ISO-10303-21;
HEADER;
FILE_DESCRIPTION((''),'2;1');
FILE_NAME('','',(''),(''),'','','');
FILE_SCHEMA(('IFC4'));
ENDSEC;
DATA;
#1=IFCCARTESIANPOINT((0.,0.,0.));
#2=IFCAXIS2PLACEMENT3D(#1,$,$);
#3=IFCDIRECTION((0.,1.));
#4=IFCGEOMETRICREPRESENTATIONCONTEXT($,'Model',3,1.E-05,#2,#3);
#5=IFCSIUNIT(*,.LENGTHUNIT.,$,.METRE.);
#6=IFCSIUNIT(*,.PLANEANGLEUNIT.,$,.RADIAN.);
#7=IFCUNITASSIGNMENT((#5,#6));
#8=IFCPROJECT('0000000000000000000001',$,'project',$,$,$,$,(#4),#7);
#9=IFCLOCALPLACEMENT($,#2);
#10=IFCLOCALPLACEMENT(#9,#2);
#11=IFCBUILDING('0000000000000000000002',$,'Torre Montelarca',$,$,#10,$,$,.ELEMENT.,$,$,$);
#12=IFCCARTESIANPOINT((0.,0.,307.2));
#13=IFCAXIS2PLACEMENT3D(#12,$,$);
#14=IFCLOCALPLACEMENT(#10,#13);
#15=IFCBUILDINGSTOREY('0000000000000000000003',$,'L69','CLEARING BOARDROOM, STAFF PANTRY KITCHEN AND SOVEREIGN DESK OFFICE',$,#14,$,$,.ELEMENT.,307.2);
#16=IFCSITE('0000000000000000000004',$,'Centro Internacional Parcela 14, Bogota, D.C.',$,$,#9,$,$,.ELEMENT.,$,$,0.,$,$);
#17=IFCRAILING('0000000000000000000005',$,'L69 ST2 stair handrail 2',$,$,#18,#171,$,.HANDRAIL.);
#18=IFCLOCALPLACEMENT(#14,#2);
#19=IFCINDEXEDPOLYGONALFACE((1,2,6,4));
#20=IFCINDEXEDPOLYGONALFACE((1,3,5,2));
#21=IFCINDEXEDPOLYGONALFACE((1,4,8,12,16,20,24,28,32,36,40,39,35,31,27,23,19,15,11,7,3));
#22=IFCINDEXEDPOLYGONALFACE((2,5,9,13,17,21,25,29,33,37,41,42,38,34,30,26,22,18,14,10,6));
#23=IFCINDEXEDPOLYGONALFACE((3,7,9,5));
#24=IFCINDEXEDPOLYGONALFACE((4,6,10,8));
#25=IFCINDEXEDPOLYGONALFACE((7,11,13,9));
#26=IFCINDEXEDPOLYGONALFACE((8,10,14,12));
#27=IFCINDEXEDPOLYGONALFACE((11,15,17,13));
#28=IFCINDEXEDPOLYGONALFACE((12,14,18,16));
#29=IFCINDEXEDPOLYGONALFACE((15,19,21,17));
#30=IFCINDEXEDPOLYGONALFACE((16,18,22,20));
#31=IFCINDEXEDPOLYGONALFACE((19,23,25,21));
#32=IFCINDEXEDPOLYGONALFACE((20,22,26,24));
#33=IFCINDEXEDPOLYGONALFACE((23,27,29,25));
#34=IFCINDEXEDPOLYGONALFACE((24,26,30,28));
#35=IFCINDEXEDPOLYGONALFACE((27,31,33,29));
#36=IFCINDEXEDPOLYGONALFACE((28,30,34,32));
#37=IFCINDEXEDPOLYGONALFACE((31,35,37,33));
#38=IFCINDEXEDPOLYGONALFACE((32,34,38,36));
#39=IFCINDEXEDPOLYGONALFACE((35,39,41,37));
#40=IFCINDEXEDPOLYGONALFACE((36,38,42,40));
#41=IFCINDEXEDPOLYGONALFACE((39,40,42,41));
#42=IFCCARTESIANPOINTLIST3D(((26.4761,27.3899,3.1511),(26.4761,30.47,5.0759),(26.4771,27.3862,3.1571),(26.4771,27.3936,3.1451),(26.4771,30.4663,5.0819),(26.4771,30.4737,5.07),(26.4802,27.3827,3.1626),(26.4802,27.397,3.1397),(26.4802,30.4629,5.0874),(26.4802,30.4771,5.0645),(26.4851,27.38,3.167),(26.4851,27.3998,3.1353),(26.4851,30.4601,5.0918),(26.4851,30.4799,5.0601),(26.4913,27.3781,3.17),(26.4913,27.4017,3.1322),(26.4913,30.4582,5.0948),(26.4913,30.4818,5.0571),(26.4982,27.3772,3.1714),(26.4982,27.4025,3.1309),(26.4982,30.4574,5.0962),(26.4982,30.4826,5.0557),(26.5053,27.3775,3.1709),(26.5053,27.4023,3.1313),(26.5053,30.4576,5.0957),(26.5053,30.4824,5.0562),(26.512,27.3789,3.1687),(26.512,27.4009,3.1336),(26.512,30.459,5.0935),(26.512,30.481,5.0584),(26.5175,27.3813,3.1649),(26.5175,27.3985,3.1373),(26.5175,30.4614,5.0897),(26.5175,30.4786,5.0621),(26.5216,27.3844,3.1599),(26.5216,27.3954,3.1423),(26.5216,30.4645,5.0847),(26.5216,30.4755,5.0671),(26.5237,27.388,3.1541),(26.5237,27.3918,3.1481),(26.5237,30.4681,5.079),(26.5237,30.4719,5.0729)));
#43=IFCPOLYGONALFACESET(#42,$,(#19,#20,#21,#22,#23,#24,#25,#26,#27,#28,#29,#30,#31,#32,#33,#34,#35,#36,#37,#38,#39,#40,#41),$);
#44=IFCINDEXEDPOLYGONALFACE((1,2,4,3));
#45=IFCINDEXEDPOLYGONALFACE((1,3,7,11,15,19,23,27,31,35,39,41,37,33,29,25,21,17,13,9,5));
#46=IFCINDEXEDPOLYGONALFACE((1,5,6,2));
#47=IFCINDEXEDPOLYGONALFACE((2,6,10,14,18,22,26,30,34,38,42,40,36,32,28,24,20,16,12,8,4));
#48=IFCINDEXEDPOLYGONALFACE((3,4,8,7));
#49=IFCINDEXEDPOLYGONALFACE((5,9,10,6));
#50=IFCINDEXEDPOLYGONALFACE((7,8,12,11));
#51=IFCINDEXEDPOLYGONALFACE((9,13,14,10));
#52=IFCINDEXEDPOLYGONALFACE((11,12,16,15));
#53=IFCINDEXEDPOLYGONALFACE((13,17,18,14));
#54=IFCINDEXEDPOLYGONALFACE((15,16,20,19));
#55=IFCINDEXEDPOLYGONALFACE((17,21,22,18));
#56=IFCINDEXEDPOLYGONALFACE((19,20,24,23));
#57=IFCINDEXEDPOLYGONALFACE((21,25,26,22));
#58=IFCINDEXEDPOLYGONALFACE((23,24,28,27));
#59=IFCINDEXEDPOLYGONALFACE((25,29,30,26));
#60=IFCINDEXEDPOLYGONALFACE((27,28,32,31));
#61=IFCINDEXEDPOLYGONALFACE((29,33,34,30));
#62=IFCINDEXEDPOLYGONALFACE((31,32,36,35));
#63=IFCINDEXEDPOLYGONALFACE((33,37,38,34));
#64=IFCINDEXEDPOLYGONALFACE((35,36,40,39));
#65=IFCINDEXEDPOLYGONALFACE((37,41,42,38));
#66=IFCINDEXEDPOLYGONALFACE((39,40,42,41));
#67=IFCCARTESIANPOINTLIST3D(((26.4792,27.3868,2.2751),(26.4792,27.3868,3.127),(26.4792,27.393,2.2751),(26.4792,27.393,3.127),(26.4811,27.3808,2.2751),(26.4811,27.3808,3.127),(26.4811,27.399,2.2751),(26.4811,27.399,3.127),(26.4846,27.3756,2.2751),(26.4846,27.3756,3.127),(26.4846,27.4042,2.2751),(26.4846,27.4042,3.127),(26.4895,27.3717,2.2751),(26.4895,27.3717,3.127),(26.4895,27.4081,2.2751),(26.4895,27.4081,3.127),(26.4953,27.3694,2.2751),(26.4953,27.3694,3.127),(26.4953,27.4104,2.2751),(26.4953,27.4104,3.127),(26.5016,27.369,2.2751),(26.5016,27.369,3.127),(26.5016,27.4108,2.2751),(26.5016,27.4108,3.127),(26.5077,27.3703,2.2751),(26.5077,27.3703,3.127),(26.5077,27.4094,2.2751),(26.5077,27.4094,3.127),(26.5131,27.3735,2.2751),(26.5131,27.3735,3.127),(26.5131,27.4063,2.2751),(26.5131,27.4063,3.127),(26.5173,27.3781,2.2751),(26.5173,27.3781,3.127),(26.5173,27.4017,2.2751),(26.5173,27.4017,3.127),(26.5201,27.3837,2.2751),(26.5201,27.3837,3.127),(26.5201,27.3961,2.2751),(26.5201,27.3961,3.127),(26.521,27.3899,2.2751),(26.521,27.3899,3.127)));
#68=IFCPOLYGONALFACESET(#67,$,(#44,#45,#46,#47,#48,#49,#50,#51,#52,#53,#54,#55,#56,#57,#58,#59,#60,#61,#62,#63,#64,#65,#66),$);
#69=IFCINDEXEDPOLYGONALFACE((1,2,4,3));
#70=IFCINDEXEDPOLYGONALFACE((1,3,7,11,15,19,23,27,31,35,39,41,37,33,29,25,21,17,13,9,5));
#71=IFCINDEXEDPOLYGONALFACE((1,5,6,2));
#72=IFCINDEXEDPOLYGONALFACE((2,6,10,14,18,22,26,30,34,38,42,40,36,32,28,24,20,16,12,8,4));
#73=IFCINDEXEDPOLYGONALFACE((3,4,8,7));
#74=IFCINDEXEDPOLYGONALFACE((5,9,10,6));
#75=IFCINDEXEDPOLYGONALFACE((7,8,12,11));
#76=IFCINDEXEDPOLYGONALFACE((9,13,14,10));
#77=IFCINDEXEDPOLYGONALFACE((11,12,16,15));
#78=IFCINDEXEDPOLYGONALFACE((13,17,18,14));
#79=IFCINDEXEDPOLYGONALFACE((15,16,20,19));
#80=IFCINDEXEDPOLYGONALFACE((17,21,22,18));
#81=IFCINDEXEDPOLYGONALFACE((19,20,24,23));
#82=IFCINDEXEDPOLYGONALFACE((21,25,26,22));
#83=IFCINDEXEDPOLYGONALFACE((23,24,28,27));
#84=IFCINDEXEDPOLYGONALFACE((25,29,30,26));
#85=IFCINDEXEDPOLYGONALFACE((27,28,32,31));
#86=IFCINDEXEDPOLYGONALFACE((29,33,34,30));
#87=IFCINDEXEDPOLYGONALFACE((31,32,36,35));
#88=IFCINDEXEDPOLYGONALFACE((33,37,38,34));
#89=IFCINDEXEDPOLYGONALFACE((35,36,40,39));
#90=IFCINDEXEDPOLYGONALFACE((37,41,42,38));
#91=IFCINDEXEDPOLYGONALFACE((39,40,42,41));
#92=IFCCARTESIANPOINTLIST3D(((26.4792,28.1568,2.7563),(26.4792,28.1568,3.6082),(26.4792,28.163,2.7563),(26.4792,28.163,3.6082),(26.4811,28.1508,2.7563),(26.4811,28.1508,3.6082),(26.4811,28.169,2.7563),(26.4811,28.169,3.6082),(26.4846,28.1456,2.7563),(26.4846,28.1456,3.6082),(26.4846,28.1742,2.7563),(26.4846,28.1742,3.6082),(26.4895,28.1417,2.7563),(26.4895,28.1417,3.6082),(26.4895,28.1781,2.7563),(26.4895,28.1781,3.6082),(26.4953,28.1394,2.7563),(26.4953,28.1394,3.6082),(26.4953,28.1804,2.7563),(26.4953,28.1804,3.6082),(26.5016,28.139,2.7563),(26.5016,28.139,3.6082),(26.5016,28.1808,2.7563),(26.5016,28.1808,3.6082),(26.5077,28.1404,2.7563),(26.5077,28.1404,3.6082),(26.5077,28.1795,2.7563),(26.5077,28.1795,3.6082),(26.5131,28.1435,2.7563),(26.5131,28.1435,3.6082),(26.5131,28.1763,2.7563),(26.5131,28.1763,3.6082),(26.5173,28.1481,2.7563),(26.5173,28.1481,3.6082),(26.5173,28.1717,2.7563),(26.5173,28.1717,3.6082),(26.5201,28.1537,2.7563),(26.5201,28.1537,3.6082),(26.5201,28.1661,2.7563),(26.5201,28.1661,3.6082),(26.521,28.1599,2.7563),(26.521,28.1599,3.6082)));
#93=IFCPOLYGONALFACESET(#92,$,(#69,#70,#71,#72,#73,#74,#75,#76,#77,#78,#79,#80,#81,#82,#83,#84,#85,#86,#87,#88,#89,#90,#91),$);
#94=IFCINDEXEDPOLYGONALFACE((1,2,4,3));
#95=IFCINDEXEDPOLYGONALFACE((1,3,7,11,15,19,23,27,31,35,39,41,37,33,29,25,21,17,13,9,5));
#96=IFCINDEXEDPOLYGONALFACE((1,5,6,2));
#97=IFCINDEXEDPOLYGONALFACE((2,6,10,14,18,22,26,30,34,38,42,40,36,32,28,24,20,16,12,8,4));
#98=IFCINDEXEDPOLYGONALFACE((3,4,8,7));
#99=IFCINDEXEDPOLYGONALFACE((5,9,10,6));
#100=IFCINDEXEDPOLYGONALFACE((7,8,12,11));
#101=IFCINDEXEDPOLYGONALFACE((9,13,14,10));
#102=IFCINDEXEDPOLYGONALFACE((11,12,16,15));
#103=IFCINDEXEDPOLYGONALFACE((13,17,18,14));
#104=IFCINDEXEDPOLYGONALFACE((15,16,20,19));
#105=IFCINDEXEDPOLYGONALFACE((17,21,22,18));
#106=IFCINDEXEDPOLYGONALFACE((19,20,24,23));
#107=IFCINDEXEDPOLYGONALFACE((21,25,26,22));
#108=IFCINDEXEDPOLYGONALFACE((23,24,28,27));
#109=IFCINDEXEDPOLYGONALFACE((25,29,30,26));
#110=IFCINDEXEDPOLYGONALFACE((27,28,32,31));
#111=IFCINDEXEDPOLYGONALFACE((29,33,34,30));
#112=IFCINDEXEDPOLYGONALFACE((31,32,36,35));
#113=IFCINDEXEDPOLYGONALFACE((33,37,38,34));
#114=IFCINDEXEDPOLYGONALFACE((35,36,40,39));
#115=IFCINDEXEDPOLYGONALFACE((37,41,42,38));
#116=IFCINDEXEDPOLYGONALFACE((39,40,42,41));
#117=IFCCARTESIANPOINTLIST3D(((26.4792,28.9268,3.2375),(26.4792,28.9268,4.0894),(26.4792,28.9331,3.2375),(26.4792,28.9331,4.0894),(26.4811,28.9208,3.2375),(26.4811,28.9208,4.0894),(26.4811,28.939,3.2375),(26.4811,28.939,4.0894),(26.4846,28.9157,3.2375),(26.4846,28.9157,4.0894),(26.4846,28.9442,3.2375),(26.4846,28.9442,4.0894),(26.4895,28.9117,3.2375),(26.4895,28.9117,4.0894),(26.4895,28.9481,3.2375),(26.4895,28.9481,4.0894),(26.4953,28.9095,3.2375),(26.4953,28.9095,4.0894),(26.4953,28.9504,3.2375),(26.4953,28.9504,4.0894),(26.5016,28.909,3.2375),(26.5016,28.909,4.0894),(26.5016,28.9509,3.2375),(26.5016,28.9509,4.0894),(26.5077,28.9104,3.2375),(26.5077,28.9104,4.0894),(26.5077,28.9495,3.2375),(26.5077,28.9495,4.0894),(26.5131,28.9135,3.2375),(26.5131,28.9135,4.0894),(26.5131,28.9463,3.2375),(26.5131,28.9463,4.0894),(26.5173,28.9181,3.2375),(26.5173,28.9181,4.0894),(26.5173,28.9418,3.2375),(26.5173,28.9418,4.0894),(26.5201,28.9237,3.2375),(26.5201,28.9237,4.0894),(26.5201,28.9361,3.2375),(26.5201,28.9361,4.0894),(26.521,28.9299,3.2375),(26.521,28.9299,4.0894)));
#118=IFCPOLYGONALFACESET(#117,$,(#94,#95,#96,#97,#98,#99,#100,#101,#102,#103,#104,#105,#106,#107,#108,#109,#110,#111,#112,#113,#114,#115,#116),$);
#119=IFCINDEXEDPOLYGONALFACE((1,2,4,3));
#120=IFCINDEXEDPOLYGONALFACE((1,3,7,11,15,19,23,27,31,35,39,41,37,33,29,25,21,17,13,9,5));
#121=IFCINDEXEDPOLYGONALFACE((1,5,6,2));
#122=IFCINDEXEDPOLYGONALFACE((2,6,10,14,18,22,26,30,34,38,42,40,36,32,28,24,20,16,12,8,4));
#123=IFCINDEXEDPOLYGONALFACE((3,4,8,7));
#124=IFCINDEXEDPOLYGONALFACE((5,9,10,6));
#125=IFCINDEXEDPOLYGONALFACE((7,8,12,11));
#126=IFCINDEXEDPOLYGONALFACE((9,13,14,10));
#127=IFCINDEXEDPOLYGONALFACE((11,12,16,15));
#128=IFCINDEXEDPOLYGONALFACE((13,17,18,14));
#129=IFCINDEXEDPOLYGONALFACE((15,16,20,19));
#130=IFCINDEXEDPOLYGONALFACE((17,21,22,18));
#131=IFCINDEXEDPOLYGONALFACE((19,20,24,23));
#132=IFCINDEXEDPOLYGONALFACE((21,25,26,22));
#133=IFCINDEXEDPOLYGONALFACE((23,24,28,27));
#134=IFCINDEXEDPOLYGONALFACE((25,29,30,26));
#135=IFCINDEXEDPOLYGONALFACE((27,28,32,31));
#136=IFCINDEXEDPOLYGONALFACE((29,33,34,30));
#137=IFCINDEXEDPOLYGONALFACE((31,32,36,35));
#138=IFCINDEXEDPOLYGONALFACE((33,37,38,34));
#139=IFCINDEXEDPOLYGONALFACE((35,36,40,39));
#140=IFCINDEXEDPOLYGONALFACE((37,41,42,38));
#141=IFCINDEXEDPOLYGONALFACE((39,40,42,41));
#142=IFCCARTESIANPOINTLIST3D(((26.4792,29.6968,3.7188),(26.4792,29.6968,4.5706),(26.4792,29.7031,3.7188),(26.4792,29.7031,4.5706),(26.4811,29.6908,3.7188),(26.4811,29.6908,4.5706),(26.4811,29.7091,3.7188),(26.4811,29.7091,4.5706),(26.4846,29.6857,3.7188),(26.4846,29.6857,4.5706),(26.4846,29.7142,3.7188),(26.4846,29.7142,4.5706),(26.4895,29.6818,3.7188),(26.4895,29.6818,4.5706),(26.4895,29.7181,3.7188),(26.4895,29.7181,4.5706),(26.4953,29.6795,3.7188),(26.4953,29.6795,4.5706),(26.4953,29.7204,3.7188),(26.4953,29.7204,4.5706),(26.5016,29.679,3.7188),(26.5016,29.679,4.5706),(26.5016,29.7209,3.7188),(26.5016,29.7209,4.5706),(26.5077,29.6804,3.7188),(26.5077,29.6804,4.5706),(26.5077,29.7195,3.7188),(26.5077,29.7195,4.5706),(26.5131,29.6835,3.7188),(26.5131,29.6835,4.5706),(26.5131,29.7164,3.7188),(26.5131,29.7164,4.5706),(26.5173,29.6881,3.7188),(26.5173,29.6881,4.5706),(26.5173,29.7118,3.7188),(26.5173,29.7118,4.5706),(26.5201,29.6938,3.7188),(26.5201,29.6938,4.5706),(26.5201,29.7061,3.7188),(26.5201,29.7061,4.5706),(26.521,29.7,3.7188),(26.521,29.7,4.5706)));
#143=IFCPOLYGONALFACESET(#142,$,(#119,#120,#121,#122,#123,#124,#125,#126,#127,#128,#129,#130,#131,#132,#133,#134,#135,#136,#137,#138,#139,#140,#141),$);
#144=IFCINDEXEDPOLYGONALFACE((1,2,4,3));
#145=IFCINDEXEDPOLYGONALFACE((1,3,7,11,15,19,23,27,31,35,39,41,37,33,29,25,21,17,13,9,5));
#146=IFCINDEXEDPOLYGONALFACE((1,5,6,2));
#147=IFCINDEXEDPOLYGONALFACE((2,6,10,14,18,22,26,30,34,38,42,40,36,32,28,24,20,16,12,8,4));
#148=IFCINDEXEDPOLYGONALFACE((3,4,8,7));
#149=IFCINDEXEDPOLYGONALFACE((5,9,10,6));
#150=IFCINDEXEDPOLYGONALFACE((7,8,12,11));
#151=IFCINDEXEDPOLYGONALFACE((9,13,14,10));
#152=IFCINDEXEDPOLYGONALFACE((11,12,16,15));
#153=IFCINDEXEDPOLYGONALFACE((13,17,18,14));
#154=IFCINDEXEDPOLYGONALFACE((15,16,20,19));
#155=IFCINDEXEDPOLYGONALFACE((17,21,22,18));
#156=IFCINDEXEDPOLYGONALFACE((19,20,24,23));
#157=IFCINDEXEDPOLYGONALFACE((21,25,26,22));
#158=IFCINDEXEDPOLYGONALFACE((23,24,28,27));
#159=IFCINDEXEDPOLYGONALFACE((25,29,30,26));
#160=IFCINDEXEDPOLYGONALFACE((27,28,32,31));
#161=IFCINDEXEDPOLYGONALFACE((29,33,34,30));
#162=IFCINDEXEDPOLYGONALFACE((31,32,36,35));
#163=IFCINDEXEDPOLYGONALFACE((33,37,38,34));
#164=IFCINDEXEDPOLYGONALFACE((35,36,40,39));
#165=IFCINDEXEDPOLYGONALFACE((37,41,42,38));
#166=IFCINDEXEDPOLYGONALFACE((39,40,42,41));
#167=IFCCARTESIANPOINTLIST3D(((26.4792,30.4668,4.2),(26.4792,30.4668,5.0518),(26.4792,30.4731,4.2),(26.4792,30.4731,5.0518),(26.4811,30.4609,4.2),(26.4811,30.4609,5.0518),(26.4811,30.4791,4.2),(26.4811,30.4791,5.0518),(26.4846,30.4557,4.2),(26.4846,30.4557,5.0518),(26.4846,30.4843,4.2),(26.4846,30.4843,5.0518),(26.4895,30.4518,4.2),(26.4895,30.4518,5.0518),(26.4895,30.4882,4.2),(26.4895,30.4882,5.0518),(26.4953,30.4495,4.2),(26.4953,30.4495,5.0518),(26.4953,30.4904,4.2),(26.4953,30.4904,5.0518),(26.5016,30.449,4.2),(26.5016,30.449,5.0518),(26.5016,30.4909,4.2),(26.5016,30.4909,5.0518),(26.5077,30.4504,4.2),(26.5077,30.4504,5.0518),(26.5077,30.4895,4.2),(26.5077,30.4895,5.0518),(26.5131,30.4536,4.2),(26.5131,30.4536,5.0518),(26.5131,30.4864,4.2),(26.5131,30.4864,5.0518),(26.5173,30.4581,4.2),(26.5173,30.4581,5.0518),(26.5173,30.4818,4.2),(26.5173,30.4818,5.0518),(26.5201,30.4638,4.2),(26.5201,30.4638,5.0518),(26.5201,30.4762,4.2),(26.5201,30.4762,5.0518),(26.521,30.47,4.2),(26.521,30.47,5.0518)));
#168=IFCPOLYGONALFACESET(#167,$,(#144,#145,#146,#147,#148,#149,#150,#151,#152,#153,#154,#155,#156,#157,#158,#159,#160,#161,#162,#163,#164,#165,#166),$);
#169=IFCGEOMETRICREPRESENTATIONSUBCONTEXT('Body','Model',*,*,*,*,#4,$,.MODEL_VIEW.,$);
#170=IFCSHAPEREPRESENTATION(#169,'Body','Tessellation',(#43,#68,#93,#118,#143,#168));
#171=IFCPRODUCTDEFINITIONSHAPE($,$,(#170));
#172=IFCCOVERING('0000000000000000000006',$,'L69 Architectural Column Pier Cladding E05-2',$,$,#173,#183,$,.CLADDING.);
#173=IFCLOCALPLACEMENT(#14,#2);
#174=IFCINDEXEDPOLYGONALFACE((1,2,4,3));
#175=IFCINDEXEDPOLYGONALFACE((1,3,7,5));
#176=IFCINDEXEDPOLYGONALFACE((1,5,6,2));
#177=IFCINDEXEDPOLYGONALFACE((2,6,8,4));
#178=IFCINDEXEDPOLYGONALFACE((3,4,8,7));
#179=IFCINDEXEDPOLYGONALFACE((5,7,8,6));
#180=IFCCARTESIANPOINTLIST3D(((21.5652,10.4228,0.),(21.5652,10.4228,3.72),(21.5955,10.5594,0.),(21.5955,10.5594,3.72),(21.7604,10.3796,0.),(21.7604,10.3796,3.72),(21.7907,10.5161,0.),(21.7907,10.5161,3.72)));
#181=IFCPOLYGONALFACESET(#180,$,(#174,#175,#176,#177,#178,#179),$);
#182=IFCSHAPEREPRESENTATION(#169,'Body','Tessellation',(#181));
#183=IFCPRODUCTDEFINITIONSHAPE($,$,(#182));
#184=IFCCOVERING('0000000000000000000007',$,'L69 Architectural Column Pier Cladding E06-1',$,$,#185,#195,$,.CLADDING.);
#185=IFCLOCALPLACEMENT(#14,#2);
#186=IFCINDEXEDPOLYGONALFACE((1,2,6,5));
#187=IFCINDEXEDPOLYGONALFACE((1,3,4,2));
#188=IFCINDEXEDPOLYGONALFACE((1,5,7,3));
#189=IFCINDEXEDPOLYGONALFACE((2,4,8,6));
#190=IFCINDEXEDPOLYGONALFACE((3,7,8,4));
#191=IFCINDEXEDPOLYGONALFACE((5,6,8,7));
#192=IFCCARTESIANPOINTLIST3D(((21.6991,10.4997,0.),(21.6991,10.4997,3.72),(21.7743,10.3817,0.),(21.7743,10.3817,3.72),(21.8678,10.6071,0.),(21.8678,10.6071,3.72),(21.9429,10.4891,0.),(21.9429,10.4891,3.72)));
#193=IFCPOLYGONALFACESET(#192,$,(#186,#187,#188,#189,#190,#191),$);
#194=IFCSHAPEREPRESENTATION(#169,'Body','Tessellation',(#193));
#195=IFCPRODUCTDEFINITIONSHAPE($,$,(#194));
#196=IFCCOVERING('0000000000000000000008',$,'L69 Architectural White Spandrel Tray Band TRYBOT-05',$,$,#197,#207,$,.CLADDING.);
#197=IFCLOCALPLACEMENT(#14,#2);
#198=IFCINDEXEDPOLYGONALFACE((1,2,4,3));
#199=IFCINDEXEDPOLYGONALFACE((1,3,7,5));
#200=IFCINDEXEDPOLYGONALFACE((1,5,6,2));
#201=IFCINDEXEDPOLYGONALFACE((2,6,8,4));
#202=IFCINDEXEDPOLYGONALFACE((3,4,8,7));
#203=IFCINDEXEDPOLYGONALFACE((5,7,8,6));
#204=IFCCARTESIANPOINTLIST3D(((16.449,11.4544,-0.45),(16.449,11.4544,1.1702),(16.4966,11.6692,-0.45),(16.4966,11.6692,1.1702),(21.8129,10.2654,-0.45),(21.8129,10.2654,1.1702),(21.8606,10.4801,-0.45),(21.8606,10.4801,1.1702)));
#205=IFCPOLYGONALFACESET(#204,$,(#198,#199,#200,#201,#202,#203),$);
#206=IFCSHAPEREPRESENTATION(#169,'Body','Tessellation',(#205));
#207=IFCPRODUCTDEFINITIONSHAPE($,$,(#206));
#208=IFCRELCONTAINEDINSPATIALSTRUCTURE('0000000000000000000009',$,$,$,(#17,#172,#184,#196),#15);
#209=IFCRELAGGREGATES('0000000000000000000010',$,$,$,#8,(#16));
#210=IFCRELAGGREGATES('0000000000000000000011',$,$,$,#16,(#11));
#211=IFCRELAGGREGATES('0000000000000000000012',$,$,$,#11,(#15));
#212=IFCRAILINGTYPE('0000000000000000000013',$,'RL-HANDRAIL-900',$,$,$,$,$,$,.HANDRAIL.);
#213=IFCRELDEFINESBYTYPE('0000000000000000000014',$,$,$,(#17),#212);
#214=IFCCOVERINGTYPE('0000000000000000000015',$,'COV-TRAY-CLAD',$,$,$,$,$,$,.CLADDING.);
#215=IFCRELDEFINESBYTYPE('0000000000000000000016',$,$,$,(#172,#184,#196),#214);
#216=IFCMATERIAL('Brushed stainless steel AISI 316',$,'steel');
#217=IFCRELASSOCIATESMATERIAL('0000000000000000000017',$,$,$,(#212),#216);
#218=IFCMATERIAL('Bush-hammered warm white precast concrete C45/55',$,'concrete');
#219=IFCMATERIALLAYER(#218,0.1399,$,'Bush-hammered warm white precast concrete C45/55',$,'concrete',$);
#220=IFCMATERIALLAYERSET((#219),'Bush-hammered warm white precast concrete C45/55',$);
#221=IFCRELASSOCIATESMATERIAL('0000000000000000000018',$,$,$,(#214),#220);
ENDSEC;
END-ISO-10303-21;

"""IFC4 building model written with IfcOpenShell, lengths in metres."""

from ifc_helpers import new_model, si_unit, direction, frame, origin, origin_2d, place, context, subcontext, project, spatial, rectangle, circle, extrude, source, transform, mapped, material, layer, layer_set, type_object, element, save


model = new_model("IFC4")

# Units and contexts
model_context = context("Model", 3, precision=1e-05, world=origin(), true_north=direction((0.0, 1.0)))
body_context = subcontext(model_context, "Body", "Model", "MODEL_VIEW")
ifc_project = project(units=[si_unit("LENGTHUNIT", "METRE"), si_unit("PLANEANGLEUNIT", "RADIAN")], contexts=[model_context])

# Site, building, storey
site_placement = place(None, origin())
site = spatial("IfcSite", under=ifc_project, at=site_placement, Name="Centro Internacional Parcela 14, Bogota, D.C.", CompositionType="ELEMENT", RefElevation=0.0)
building_placement = place(site_placement, origin())
building = spatial("IfcBuilding", under=site, at=building_placement, Name="Torre Montelarca", CompositionType="ELEMENT")
storey_placement = place(building_placement, frame((0.0, 0.0, 307.2)))
storey = spatial("IfcBuildingStorey", under=building, at=storey_placement, Name="L69", Description="CLEARING BOARDROOM, STAFF PANTRY KITCHEN AND SOVEREIGN DESK OFFICE", CompositionType="ELEMENT", Elevation=307.2)

# Railing
ifc_material_1 = material(Name="Brushed stainless steel AISI 316", Category="steel")
railing_type_1 = type_object("IfcRailingType", Name="RL-HANDRAIL-900", PredefinedType="HANDRAIL", material=ifc_material_1)
railing_1_placement = place(storey_placement, frame((26.5, 27.3899, 2.2751)))
element("IfcRailing", 1, at=railing_1_placement, inside=storey, type_object=railing_type_1, Name="L69 ST2 stair handrail 2", PredefinedType="HANDRAIL", context=body_context, shape_type="SweptSolid", body=[
    extrude(circle(Radius=0.0239, at=origin_2d()), frame((0.0, 0.0, 0.876), z_axis=(0.0, 0.848029, 0.529951), x_axis=(-1.0, 0.0, 0.0)), (0.0, 0.0, 1.0), 3.6321),
    extrude(circle(Radius=0.021, at=origin_2d()), origin(), (0.0, 0.0, 1.0), 0.8518),
    extrude(circle(Radius=0.021, at=origin_2d()), frame((0.0, 0.77, 0.4812)), (0.0, 0.0, 1.0), 0.8518),
    extrude(circle(Radius=0.021, at=origin_2d()), frame((0.0, 1.54, 0.9624)), (0.0, 0.0, 1.0), 0.8518),
    extrude(circle(Radius=0.021, at=origin_2d()), frame((0.0, 2.3101, 1.4436)), (0.0, 0.0, 1.0), 0.8518),
    extrude(circle(Radius=0.021, at=origin_2d()), frame((0.0, 3.0801, 1.9248)), (0.0, 0.0, 1.0), 0.8518),
])

# Coverings
ifc_material_2 = material(Name="Bush-hammered warm white precast concrete C45/55", Category="concrete")
ifc_layer_1 = layer(ifc_material_2, 0.1399, Name="Bush-hammered warm white precast concrete C45/55", Category="concrete")
ifc_layer_set_1 = layer_set([ifc_layer_1], Name="Bush-hammered warm white precast concrete C45/55")
covering_type = type_object("IfcCoveringType", Name="COV-TRAY-CLAD", PredefinedType="CLADDING", material=ifc_layer_set_1)
shared_shape_1 = source(origin(), body_context, "Body", "SweptSolid", [
    extrude(rectangle(XDim=0.2, YDim=0.1399, at=origin_2d()), origin(), (0.0, 0.0, 1.0), 3.72),
])
for number, where, z_axis, x_axis, name in (
    (2, (21.678, 10.4695, 0.0), (0.0, 0.0, 1.0), (0.976299, -0.216426, 0.0), "L69 Architectural Column Pier Cladding E05-2"),
    (3, (21.821, 10.4944, 0.0), (0.0, 0.0, 1.0), (0.843391, 0.537301, 0.0), "L69 Architectural Column Pier Cladding E06-1"),
):
    element("IfcCovering", number, at=place(storey_placement, frame(where, z_axis=z_axis, x_axis=x_axis)), inside=storey, type_object=covering_type, Name=name, PredefinedType="CLADDING", context=body_context, shape_type="MappedRepresentation", body=[
        mapped(shared_shape_1, transform((0.0, 0.0, 0.0), scale=1.0)),
    ])
shared_shape_2 = source(origin(), body_context, "Body", "SweptSolid", [
    extrude(rectangle(XDim=5.4941, YDim=0.22, at=origin_2d()), origin(), (0.0, 0.0, 1.0), 1.6201),
])
covering_placement = place(storey_placement, frame((19.1548, 10.9673, -0.45), z_axis=(0.0, 0.0, 1.0), x_axis=(0.976299, -0.216428, 0.0)))
element("IfcCovering", 4, at=covering_placement, inside=storey, type_object=covering_type, Name="L69 Architectural White Spandrel Tray Band TRYBOT-05", PredefinedType="CLADDING", context=body_context, shape_type="MappedRepresentation", body=[
    mapped(shared_shape_2, transform((0.0, 0.0, 0.0), scale=1.0)),
])

save(model, "model.ifc")
